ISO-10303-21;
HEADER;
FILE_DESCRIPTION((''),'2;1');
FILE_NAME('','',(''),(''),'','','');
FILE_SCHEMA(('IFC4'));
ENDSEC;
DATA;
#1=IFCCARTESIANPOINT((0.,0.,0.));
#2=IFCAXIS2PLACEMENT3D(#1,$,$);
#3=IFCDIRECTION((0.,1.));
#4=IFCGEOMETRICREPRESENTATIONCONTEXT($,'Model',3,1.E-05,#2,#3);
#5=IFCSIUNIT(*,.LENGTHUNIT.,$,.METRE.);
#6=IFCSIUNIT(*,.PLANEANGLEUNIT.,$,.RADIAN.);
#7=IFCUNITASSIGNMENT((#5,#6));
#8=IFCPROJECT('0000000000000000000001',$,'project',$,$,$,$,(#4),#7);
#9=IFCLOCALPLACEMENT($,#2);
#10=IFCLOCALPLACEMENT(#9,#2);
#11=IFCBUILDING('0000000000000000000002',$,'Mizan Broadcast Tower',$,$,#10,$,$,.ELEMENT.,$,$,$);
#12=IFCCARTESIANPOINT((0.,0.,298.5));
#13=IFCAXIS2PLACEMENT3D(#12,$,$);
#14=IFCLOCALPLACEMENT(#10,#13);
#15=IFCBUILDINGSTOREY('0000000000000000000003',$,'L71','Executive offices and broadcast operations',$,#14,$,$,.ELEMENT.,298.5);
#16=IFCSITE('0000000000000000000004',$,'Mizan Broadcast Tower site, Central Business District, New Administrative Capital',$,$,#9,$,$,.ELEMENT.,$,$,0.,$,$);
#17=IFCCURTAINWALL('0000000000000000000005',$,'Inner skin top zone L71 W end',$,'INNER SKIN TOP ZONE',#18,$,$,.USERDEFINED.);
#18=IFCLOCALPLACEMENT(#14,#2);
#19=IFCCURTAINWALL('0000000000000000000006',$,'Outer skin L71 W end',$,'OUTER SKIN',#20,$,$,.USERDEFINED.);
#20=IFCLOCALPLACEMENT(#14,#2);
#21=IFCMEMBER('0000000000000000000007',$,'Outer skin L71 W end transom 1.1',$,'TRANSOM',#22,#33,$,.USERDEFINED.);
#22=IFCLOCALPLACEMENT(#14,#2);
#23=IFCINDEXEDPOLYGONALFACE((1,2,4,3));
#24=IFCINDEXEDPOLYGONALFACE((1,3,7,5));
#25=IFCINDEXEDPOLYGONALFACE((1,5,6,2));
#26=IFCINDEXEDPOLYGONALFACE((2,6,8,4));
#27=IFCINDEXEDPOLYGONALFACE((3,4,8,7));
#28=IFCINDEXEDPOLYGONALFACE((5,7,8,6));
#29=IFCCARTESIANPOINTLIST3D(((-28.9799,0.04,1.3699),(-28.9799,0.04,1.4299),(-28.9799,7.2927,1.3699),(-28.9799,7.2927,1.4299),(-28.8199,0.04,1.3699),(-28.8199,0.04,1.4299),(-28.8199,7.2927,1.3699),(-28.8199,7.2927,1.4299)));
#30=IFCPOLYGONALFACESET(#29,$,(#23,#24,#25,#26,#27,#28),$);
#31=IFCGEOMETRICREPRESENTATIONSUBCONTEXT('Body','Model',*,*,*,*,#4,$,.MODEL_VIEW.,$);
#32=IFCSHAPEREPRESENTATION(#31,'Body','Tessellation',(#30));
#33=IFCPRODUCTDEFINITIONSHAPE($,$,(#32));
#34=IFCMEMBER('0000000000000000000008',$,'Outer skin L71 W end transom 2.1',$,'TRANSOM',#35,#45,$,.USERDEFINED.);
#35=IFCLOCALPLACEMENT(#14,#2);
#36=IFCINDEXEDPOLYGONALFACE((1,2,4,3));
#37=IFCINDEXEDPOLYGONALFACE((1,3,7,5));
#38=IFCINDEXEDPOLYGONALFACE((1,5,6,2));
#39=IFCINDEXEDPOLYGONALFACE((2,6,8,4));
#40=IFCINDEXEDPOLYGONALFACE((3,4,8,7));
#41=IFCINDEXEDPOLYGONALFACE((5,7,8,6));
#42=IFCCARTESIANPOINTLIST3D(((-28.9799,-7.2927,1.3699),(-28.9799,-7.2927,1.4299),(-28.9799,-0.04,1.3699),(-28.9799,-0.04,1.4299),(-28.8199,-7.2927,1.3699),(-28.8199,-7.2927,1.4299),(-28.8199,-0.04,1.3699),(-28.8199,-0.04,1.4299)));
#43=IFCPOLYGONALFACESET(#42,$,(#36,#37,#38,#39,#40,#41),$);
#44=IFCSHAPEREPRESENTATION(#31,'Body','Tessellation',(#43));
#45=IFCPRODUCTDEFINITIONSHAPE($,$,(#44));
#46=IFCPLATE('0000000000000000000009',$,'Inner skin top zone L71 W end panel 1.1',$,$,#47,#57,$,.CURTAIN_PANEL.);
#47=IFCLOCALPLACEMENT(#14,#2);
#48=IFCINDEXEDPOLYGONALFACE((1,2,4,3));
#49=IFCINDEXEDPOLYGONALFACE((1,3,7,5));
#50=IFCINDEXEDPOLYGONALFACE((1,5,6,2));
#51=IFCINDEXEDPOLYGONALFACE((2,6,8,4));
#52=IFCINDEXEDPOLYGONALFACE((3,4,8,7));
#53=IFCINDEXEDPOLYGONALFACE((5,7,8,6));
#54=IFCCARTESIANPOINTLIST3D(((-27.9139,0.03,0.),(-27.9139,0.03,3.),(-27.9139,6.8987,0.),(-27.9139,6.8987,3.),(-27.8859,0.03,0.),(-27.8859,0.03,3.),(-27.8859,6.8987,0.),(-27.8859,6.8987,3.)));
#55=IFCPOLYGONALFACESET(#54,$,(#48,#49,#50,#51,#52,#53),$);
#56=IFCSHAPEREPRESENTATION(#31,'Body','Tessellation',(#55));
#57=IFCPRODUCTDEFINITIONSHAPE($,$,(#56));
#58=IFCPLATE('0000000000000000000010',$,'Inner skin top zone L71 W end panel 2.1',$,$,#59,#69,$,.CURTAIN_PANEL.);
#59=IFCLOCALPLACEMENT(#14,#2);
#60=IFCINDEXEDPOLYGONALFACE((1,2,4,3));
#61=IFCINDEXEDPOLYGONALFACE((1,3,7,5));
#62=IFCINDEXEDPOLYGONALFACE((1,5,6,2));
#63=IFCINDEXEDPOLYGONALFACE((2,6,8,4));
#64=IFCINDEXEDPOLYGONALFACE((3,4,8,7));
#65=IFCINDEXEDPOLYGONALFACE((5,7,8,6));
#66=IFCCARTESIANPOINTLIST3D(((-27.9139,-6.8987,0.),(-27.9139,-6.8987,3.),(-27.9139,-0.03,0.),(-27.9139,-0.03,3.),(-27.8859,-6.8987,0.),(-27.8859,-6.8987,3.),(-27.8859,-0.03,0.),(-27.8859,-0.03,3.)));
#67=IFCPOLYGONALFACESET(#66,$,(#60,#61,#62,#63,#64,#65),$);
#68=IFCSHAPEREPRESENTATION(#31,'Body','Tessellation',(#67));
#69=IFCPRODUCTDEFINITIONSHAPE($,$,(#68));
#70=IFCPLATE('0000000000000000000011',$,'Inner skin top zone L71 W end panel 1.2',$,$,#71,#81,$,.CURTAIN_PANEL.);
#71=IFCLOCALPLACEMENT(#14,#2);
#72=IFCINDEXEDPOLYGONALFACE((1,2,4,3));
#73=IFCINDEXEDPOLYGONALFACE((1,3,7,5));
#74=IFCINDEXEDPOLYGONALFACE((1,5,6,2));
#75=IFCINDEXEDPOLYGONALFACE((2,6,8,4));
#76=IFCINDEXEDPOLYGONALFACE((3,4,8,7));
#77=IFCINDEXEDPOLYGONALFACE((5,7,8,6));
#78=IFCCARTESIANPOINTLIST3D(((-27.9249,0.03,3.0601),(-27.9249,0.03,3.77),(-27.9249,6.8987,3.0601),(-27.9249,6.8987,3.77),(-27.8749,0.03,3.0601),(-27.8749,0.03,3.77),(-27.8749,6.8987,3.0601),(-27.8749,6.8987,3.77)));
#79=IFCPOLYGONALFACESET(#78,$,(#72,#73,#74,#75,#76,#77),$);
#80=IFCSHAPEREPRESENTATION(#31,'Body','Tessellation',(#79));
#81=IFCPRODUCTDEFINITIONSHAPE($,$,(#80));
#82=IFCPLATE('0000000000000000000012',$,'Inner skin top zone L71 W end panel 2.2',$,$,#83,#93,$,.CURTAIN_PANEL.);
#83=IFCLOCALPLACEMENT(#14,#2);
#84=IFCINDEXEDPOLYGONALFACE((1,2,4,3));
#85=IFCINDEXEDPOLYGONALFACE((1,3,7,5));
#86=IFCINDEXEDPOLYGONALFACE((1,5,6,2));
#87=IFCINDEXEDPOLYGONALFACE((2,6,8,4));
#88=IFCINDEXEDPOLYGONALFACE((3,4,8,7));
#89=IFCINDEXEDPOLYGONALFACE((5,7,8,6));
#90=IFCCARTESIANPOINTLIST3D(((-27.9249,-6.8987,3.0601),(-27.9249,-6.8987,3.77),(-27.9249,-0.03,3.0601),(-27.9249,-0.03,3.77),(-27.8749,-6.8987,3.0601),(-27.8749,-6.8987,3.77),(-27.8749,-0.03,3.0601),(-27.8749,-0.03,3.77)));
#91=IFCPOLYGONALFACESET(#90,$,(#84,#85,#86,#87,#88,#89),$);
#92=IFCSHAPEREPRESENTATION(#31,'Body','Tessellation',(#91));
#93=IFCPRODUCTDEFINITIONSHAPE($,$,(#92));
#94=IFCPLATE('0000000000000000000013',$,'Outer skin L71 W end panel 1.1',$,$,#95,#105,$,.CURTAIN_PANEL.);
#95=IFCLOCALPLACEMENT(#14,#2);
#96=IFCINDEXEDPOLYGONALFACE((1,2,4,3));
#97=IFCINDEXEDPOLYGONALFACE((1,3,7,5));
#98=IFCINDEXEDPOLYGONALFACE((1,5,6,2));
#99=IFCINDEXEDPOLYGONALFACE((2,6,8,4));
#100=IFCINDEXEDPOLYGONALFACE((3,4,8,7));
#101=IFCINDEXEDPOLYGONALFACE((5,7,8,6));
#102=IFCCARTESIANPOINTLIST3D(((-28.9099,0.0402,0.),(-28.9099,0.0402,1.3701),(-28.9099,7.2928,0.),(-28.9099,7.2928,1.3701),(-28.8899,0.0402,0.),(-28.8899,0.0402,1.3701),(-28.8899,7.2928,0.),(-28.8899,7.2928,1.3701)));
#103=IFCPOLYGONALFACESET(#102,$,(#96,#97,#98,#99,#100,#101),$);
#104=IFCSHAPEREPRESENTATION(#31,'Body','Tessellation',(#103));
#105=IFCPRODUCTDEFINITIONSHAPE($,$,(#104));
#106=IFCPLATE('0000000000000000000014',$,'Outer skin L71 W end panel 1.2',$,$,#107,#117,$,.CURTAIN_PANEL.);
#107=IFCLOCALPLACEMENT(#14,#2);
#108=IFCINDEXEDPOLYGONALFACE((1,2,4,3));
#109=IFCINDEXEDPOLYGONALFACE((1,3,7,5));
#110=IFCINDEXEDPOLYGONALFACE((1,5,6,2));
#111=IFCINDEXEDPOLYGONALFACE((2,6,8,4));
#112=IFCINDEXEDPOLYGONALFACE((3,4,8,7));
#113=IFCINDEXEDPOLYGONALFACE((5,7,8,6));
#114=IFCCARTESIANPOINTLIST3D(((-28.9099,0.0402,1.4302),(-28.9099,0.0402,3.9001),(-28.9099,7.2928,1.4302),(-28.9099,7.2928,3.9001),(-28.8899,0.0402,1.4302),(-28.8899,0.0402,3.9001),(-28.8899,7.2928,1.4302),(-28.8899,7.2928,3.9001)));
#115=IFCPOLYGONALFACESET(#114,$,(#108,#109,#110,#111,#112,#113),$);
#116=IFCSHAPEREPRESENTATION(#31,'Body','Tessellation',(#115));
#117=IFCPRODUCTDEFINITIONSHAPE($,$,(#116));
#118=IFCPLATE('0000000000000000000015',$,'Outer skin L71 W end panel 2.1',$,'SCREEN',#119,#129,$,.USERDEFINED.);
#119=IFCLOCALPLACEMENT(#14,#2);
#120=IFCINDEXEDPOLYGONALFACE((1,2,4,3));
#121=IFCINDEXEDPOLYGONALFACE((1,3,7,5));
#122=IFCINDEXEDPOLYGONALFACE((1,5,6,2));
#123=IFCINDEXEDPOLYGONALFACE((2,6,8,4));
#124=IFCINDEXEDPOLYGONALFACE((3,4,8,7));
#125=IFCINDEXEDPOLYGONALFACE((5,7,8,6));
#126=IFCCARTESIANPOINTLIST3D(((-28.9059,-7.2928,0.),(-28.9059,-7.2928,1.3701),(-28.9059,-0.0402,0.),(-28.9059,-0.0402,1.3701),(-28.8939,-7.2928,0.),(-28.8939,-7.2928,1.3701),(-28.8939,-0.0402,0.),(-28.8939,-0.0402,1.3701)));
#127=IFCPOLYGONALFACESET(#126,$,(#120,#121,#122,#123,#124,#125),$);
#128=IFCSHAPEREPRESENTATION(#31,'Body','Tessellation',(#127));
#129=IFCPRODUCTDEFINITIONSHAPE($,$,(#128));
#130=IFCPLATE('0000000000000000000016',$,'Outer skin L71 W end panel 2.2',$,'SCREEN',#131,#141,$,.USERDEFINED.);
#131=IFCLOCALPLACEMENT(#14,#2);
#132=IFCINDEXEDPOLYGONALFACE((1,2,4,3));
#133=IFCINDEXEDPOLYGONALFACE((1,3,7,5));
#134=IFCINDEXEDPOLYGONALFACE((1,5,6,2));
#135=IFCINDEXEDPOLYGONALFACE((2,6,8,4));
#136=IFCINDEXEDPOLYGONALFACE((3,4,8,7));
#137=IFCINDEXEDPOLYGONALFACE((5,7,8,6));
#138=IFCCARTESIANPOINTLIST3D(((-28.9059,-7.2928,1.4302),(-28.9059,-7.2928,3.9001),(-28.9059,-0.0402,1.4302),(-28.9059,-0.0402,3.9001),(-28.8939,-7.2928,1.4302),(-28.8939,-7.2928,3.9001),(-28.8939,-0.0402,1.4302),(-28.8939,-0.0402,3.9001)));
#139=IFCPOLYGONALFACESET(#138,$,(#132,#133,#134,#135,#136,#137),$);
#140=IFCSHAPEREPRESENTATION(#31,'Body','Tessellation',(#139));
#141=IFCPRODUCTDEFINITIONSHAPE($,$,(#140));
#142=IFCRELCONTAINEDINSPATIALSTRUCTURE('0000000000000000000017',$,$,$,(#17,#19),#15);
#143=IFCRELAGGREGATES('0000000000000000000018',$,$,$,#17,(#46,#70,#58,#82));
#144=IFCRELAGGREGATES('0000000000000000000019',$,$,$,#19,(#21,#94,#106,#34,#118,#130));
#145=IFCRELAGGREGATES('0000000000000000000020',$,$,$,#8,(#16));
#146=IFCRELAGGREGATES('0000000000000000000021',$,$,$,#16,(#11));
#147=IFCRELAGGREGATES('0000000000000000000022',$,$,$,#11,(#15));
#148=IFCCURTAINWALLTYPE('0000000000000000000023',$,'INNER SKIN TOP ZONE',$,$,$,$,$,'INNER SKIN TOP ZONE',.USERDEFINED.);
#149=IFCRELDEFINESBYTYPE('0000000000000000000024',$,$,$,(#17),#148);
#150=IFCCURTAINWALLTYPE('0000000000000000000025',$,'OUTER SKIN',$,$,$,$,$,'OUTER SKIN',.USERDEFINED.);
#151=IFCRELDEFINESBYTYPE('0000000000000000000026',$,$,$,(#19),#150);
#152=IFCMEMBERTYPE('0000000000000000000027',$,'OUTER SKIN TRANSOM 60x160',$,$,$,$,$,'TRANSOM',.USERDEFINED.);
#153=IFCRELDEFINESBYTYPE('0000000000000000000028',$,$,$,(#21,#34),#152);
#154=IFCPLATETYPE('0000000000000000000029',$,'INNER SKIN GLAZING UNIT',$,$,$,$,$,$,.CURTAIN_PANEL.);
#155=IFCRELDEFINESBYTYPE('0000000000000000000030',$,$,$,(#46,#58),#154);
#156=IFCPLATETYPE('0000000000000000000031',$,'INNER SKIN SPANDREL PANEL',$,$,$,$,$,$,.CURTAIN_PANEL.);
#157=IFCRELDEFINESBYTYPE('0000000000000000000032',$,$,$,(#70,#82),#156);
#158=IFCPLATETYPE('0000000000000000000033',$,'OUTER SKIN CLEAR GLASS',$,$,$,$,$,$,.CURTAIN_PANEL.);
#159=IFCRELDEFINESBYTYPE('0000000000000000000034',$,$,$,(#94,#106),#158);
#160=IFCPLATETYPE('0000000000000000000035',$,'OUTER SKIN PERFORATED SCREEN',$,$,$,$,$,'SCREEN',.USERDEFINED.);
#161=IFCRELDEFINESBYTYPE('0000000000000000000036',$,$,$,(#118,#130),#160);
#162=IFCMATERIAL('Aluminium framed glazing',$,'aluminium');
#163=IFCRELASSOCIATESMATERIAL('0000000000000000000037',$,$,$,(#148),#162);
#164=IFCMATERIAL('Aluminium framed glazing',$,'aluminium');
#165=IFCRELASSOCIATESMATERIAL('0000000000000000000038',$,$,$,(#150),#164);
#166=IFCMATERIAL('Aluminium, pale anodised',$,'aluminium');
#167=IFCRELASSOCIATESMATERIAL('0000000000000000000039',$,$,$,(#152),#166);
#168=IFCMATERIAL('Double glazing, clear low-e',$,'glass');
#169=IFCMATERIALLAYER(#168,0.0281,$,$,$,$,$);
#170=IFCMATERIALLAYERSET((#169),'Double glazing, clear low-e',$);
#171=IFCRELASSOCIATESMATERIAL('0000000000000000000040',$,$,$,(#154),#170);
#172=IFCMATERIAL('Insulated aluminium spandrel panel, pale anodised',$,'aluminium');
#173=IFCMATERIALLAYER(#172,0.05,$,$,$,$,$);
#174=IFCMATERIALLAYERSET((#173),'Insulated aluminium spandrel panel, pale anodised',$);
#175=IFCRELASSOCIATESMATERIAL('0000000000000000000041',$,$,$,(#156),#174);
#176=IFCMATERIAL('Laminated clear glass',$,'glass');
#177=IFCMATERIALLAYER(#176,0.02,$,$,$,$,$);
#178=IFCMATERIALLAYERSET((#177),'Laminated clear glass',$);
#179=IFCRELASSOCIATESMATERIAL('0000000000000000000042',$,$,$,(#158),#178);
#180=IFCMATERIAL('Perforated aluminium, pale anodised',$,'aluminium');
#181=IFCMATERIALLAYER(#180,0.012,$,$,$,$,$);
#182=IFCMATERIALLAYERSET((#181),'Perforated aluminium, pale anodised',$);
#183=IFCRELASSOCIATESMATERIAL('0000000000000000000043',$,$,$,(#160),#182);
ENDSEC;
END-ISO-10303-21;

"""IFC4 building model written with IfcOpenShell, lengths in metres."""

from ifc_helpers import new_model, si_unit, direction, frame, origin, origin_2d, place, context, subcontext, project, spatial, rectangle, extrude, material, layer, layer_set, material_profile, profile_set, type_object, element, aggregate, save


model = new_model("IFC4")

# Units and contexts
model_context = context("Model", 3, precision=1e-05, world=origin(), true_north=direction((0.0, 1.0)))
body_context = subcontext(model_context, "Body", "Model", "MODEL_VIEW")
ifc_project = project(units=[si_unit("LENGTHUNIT", "METRE"), si_unit("PLANEANGLEUNIT", "RADIAN")], contexts=[model_context])

# Site, building, storey
site_placement = place(None, origin())
site = spatial("IfcSite", under=ifc_project, at=site_placement, Name="Mizan Broadcast Tower site, Central Business District, New Administrative Capital", CompositionType="ELEMENT", RefElevation=0.0)
building_placement = place(site_placement, origin())
building = spatial("IfcBuilding", under=site, at=building_placement, Name="Mizan Broadcast Tower", CompositionType="ELEMENT")
storey_placement = place(building_placement, frame((0.0, 0.0, 298.5)))
storey = spatial("IfcBuildingStorey", under=building, at=storey_placement, Name="L71", Description="Executive offices and broadcast operations", CompositionType="ELEMENT", Elevation=298.5)

# Shared definitions
ifc_material_1 = material(Name="Aluminium framed glazing", Category="aluminium")
curtain_wall_type_1 = type_object("IfcCurtainWallType", Name="INNER SKIN TOP ZONE", ElementType="INNER SKIN TOP ZONE", PredefinedType="USERDEFINED", material=ifc_material_1)

# Curtain walls, members
curtain_wall_1_placement = place(storey_placement, origin())
curtain_wall_1 = element("IfcCurtainWall", 1, at=curtain_wall_1_placement, inside=storey, type_object=curtain_wall_type_1, Name="Inner skin top zone L71 W end", ObjectType="INNER SKIN TOP ZONE", PredefinedType="USERDEFINED")
ifc_material_2 = material(Name="Aluminium framed glazing", Category="aluminium")
curtain_wall_type_2 = type_object("IfcCurtainWallType", Name="OUTER SKIN", ElementType="OUTER SKIN", PredefinedType="USERDEFINED", material=ifc_material_2)
curtain_wall_2_placement = place(storey_placement, origin())
curtain_wall_2 = element("IfcCurtainWall", 2, at=curtain_wall_2_placement, inside=storey, type_object=curtain_wall_type_2, Name="Outer skin L71 W end", ObjectType="OUTER SKIN", PredefinedType="USERDEFINED")
ifc_material_3 = material(Name="Aluminium, pale anodised", Category="aluminium")
ifc_material_profile_1 = material_profile(ifc_material_3, rectangle(XDim=0.1599, YDim=0.0601, at=origin_2d()), Name="TRANSOM 160x60")
ifc_profile_set_1 = profile_set([ifc_material_profile_1], Name="Aluminium, pale anodised")
member_type_1 = type_object("IfcMemberType", Name="OUTER SKIN TRANSOM 60x160", ElementType="TRANSOM", PredefinedType="USERDEFINED", material=ifc_profile_set_1)
member_1_placement = place(storey_placement, frame((-28.8999, 7.2927, 1.3999), z_axis=(0.0, -1.0, 0.0), x_axis=(1.0, 0.0, 0.0)))
member_1 = element("IfcMember", 3, at=member_1_placement, type_object=member_type_1, Name="Outer skin L71 W end transom 1.1", ObjectType="TRANSOM", PredefinedType="USERDEFINED", context=body_context, shape_type="SweptSolid", body=[
    extrude(rectangle(XDim=0.1599, YDim=0.0601, at=origin_2d()), origin(), (0.0, 0.0, 1.0), 7.2527),
])
member_2_placement = place(storey_placement, frame((-28.8999, -0.04, 1.3999), z_axis=(0.0, -1.0, 0.0), x_axis=(1.0, 0.0, 0.0)))
member_2 = element("IfcMember", 4, at=member_2_placement, type_object=member_type_1, Name="Outer skin L71 W end transom 2.1", ObjectType="TRANSOM", PredefinedType="USERDEFINED", context=body_context, shape_type="SweptSolid", body=[
    extrude(rectangle(XDim=0.1599, YDim=0.0601, at=origin_2d()), origin(), (0.0, 0.0, 1.0), 7.2527),
])

# Plates
ifc_material_4 = material(Name="Double glazing, clear low-e", Category="glass")
ifc_layer_1 = layer(ifc_material_4, 0.0281)
ifc_layer_set_1 = layer_set([ifc_layer_1], Name="Double glazing, clear low-e")
plate_type_1 = type_object("IfcPlateType", Name="INNER SKIN GLAZING UNIT", PredefinedType="CURTAIN_PANEL", material=ifc_layer_set_1)
plate_1_placement = place(storey_placement, frame((-27.8999, 3.4644, 0.0), z_axis=(0.0, 0.0, 1.0), x_axis=(0.0, -1.0, 0.0)))
plate_1 = element("IfcPlate", 5, at=plate_1_placement, type_object=plate_type_1, Name="Inner skin top zone L71 W end panel 1.1", PredefinedType="CURTAIN_PANEL", context=body_context, shape_type="SweptSolid", body=[
    extrude(rectangle(XDim=6.8687, YDim=0.0281, at=origin_2d()), origin(), (0.0, 0.0, 1.0), 3.0),
])
plate_2_placement = place(storey_placement, frame((-27.8999, -3.4644, 0.0), z_axis=(0.0, 0.0, 1.0), x_axis=(0.0, -1.0, 0.0)))
plate_2 = element("IfcPlate", 6, at=plate_2_placement, type_object=plate_type_1, Name="Inner skin top zone L71 W end panel 2.1", PredefinedType="CURTAIN_PANEL", context=body_context, shape_type="SweptSolid", body=[
    extrude(rectangle(XDim=6.8687, YDim=0.0281, at=origin_2d()), origin(), (0.0, 0.0, 1.0), 3.0),
])
ifc_material_5 = material(Name="Insulated aluminium spandrel panel, pale anodised", Category="aluminium")
ifc_layer_2 = layer(ifc_material_5, 0.05)
ifc_layer_set_2 = layer_set([ifc_layer_2], Name="Insulated aluminium spandrel panel, pale anodised")
plate_type_2 = type_object("IfcPlateType", Name="INNER SKIN SPANDREL PANEL", PredefinedType="CURTAIN_PANEL", material=ifc_layer_set_2)
plate_3_placement = place(storey_placement, frame((-27.8999, 3.4644, 3.0601), z_axis=(0.0, 0.0, 1.0), x_axis=(0.0, -1.0, 0.0)))
plate_3 = element("IfcPlate", 7, at=plate_3_placement, type_object=plate_type_2, Name="Inner skin top zone L71 W end panel 1.2", PredefinedType="CURTAIN_PANEL", context=body_context, shape_type="SweptSolid", body=[
    extrude(rectangle(XDim=6.8687, YDim=0.05, at=origin_2d()), origin(), (0.0, 0.0, 1.0), 0.71),
])
plate_4_placement = place(storey_placement, frame((-27.8999, -3.4644, 3.0601), z_axis=(0.0, 0.0, 1.0), x_axis=(0.0, -1.0, 0.0)))
plate_4 = element("IfcPlate", 8, at=plate_4_placement, type_object=plate_type_2, Name="Inner skin top zone L71 W end panel 2.2", PredefinedType="CURTAIN_PANEL", context=body_context, shape_type="SweptSolid", body=[
    extrude(rectangle(XDim=6.8687, YDim=0.05, at=origin_2d()), origin(), (0.0, 0.0, 1.0), 0.71),
])
aggregate(curtain_wall_1, [plate_1, plate_3, plate_2, plate_4])
ifc_material_6 = material(Name="Laminated clear glass", Category="glass")
ifc_layer_3 = layer(ifc_material_6, 0.02)
ifc_layer_set_3 = layer_set([ifc_layer_3], Name="Laminated clear glass")
plate_type_3 = type_object("IfcPlateType", Name="OUTER SKIN CLEAR GLASS", PredefinedType="CURTAIN_PANEL", material=ifc_layer_set_3)
plate_5_placement = place(storey_placement, frame((-28.8999, 3.6665, 0.0), z_axis=(0.0, 0.0, 1.0), x_axis=(0.0, -1.0, 0.0)))
plate_5 = element("IfcPlate", 9, at=plate_5_placement, type_object=plate_type_3, Name="Outer skin L71 W end panel 1.1", PredefinedType="CURTAIN_PANEL", context=body_context, shape_type="SweptSolid", body=[
    extrude(rectangle(XDim=7.2527, YDim=0.02, at=origin_2d()), origin(), (0.0, 0.0, 1.0), 1.3701),
])
plate_6_placement = place(storey_placement, frame((-28.8999, 3.6665, 1.4302), z_axis=(0.0, 0.0, 1.0), x_axis=(0.0, -1.0, 0.0)))
plate_6 = element("IfcPlate", 10, at=plate_6_placement, type_object=plate_type_3, Name="Outer skin L71 W end panel 1.2", PredefinedType="CURTAIN_PANEL", context=body_context, shape_type="SweptSolid", body=[
    extrude(rectangle(XDim=7.2527, YDim=0.02, at=origin_2d()), origin(), (0.0, 0.0, 1.0), 2.47),
])
ifc_material_7 = material(Name="Perforated aluminium, pale anodised", Category="aluminium")
ifc_layer_4 = layer(ifc_material_7, 0.012)
ifc_layer_set_4 = layer_set([ifc_layer_4], Name="Perforated aluminium, pale anodised")
plate_type_4 = type_object("IfcPlateType", Name="OUTER SKIN PERFORATED SCREEN", ElementType="SCREEN", PredefinedType="USERDEFINED", material=ifc_layer_set_4)
plate_7_placement = place(storey_placement, frame((-28.8999, -3.6665, 0.0), z_axis=(0.0, 0.0, 1.0), x_axis=(0.0, -1.0, 0.0)))
plate_7 = element("IfcPlate", 11, at=plate_7_placement, type_object=plate_type_4, Name="Outer skin L71 W end panel 2.1", ObjectType="SCREEN", PredefinedType="USERDEFINED", context=body_context, shape_type="SweptSolid", body=[
    extrude(rectangle(XDim=7.2527, YDim=0.012, at=origin_2d()), origin(), (0.0, 0.0, 1.0), 1.3701),
])
plate_8_placement = place(storey_placement, frame((-28.8999, -3.6665, 1.4302), z_axis=(0.0, 0.0, 1.0), x_axis=(0.0, -1.0, 0.0)))
plate_8 = element("IfcPlate", 12, at=plate_8_placement, type_object=plate_type_4, Name="Outer skin L71 W end panel 2.2", ObjectType="SCREEN", PredefinedType="USERDEFINED", context=body_context, shape_type="SweptSolid", body=[
    extrude(rectangle(XDim=7.2527, YDim=0.012, at=origin_2d()), origin(), (0.0, 0.0, 1.0), 2.47),
])
aggregate(curtain_wall_2, [member_1, plate_5, plate_6, member_2, plate_7, plate_8])

save(model, "model.ifc")
